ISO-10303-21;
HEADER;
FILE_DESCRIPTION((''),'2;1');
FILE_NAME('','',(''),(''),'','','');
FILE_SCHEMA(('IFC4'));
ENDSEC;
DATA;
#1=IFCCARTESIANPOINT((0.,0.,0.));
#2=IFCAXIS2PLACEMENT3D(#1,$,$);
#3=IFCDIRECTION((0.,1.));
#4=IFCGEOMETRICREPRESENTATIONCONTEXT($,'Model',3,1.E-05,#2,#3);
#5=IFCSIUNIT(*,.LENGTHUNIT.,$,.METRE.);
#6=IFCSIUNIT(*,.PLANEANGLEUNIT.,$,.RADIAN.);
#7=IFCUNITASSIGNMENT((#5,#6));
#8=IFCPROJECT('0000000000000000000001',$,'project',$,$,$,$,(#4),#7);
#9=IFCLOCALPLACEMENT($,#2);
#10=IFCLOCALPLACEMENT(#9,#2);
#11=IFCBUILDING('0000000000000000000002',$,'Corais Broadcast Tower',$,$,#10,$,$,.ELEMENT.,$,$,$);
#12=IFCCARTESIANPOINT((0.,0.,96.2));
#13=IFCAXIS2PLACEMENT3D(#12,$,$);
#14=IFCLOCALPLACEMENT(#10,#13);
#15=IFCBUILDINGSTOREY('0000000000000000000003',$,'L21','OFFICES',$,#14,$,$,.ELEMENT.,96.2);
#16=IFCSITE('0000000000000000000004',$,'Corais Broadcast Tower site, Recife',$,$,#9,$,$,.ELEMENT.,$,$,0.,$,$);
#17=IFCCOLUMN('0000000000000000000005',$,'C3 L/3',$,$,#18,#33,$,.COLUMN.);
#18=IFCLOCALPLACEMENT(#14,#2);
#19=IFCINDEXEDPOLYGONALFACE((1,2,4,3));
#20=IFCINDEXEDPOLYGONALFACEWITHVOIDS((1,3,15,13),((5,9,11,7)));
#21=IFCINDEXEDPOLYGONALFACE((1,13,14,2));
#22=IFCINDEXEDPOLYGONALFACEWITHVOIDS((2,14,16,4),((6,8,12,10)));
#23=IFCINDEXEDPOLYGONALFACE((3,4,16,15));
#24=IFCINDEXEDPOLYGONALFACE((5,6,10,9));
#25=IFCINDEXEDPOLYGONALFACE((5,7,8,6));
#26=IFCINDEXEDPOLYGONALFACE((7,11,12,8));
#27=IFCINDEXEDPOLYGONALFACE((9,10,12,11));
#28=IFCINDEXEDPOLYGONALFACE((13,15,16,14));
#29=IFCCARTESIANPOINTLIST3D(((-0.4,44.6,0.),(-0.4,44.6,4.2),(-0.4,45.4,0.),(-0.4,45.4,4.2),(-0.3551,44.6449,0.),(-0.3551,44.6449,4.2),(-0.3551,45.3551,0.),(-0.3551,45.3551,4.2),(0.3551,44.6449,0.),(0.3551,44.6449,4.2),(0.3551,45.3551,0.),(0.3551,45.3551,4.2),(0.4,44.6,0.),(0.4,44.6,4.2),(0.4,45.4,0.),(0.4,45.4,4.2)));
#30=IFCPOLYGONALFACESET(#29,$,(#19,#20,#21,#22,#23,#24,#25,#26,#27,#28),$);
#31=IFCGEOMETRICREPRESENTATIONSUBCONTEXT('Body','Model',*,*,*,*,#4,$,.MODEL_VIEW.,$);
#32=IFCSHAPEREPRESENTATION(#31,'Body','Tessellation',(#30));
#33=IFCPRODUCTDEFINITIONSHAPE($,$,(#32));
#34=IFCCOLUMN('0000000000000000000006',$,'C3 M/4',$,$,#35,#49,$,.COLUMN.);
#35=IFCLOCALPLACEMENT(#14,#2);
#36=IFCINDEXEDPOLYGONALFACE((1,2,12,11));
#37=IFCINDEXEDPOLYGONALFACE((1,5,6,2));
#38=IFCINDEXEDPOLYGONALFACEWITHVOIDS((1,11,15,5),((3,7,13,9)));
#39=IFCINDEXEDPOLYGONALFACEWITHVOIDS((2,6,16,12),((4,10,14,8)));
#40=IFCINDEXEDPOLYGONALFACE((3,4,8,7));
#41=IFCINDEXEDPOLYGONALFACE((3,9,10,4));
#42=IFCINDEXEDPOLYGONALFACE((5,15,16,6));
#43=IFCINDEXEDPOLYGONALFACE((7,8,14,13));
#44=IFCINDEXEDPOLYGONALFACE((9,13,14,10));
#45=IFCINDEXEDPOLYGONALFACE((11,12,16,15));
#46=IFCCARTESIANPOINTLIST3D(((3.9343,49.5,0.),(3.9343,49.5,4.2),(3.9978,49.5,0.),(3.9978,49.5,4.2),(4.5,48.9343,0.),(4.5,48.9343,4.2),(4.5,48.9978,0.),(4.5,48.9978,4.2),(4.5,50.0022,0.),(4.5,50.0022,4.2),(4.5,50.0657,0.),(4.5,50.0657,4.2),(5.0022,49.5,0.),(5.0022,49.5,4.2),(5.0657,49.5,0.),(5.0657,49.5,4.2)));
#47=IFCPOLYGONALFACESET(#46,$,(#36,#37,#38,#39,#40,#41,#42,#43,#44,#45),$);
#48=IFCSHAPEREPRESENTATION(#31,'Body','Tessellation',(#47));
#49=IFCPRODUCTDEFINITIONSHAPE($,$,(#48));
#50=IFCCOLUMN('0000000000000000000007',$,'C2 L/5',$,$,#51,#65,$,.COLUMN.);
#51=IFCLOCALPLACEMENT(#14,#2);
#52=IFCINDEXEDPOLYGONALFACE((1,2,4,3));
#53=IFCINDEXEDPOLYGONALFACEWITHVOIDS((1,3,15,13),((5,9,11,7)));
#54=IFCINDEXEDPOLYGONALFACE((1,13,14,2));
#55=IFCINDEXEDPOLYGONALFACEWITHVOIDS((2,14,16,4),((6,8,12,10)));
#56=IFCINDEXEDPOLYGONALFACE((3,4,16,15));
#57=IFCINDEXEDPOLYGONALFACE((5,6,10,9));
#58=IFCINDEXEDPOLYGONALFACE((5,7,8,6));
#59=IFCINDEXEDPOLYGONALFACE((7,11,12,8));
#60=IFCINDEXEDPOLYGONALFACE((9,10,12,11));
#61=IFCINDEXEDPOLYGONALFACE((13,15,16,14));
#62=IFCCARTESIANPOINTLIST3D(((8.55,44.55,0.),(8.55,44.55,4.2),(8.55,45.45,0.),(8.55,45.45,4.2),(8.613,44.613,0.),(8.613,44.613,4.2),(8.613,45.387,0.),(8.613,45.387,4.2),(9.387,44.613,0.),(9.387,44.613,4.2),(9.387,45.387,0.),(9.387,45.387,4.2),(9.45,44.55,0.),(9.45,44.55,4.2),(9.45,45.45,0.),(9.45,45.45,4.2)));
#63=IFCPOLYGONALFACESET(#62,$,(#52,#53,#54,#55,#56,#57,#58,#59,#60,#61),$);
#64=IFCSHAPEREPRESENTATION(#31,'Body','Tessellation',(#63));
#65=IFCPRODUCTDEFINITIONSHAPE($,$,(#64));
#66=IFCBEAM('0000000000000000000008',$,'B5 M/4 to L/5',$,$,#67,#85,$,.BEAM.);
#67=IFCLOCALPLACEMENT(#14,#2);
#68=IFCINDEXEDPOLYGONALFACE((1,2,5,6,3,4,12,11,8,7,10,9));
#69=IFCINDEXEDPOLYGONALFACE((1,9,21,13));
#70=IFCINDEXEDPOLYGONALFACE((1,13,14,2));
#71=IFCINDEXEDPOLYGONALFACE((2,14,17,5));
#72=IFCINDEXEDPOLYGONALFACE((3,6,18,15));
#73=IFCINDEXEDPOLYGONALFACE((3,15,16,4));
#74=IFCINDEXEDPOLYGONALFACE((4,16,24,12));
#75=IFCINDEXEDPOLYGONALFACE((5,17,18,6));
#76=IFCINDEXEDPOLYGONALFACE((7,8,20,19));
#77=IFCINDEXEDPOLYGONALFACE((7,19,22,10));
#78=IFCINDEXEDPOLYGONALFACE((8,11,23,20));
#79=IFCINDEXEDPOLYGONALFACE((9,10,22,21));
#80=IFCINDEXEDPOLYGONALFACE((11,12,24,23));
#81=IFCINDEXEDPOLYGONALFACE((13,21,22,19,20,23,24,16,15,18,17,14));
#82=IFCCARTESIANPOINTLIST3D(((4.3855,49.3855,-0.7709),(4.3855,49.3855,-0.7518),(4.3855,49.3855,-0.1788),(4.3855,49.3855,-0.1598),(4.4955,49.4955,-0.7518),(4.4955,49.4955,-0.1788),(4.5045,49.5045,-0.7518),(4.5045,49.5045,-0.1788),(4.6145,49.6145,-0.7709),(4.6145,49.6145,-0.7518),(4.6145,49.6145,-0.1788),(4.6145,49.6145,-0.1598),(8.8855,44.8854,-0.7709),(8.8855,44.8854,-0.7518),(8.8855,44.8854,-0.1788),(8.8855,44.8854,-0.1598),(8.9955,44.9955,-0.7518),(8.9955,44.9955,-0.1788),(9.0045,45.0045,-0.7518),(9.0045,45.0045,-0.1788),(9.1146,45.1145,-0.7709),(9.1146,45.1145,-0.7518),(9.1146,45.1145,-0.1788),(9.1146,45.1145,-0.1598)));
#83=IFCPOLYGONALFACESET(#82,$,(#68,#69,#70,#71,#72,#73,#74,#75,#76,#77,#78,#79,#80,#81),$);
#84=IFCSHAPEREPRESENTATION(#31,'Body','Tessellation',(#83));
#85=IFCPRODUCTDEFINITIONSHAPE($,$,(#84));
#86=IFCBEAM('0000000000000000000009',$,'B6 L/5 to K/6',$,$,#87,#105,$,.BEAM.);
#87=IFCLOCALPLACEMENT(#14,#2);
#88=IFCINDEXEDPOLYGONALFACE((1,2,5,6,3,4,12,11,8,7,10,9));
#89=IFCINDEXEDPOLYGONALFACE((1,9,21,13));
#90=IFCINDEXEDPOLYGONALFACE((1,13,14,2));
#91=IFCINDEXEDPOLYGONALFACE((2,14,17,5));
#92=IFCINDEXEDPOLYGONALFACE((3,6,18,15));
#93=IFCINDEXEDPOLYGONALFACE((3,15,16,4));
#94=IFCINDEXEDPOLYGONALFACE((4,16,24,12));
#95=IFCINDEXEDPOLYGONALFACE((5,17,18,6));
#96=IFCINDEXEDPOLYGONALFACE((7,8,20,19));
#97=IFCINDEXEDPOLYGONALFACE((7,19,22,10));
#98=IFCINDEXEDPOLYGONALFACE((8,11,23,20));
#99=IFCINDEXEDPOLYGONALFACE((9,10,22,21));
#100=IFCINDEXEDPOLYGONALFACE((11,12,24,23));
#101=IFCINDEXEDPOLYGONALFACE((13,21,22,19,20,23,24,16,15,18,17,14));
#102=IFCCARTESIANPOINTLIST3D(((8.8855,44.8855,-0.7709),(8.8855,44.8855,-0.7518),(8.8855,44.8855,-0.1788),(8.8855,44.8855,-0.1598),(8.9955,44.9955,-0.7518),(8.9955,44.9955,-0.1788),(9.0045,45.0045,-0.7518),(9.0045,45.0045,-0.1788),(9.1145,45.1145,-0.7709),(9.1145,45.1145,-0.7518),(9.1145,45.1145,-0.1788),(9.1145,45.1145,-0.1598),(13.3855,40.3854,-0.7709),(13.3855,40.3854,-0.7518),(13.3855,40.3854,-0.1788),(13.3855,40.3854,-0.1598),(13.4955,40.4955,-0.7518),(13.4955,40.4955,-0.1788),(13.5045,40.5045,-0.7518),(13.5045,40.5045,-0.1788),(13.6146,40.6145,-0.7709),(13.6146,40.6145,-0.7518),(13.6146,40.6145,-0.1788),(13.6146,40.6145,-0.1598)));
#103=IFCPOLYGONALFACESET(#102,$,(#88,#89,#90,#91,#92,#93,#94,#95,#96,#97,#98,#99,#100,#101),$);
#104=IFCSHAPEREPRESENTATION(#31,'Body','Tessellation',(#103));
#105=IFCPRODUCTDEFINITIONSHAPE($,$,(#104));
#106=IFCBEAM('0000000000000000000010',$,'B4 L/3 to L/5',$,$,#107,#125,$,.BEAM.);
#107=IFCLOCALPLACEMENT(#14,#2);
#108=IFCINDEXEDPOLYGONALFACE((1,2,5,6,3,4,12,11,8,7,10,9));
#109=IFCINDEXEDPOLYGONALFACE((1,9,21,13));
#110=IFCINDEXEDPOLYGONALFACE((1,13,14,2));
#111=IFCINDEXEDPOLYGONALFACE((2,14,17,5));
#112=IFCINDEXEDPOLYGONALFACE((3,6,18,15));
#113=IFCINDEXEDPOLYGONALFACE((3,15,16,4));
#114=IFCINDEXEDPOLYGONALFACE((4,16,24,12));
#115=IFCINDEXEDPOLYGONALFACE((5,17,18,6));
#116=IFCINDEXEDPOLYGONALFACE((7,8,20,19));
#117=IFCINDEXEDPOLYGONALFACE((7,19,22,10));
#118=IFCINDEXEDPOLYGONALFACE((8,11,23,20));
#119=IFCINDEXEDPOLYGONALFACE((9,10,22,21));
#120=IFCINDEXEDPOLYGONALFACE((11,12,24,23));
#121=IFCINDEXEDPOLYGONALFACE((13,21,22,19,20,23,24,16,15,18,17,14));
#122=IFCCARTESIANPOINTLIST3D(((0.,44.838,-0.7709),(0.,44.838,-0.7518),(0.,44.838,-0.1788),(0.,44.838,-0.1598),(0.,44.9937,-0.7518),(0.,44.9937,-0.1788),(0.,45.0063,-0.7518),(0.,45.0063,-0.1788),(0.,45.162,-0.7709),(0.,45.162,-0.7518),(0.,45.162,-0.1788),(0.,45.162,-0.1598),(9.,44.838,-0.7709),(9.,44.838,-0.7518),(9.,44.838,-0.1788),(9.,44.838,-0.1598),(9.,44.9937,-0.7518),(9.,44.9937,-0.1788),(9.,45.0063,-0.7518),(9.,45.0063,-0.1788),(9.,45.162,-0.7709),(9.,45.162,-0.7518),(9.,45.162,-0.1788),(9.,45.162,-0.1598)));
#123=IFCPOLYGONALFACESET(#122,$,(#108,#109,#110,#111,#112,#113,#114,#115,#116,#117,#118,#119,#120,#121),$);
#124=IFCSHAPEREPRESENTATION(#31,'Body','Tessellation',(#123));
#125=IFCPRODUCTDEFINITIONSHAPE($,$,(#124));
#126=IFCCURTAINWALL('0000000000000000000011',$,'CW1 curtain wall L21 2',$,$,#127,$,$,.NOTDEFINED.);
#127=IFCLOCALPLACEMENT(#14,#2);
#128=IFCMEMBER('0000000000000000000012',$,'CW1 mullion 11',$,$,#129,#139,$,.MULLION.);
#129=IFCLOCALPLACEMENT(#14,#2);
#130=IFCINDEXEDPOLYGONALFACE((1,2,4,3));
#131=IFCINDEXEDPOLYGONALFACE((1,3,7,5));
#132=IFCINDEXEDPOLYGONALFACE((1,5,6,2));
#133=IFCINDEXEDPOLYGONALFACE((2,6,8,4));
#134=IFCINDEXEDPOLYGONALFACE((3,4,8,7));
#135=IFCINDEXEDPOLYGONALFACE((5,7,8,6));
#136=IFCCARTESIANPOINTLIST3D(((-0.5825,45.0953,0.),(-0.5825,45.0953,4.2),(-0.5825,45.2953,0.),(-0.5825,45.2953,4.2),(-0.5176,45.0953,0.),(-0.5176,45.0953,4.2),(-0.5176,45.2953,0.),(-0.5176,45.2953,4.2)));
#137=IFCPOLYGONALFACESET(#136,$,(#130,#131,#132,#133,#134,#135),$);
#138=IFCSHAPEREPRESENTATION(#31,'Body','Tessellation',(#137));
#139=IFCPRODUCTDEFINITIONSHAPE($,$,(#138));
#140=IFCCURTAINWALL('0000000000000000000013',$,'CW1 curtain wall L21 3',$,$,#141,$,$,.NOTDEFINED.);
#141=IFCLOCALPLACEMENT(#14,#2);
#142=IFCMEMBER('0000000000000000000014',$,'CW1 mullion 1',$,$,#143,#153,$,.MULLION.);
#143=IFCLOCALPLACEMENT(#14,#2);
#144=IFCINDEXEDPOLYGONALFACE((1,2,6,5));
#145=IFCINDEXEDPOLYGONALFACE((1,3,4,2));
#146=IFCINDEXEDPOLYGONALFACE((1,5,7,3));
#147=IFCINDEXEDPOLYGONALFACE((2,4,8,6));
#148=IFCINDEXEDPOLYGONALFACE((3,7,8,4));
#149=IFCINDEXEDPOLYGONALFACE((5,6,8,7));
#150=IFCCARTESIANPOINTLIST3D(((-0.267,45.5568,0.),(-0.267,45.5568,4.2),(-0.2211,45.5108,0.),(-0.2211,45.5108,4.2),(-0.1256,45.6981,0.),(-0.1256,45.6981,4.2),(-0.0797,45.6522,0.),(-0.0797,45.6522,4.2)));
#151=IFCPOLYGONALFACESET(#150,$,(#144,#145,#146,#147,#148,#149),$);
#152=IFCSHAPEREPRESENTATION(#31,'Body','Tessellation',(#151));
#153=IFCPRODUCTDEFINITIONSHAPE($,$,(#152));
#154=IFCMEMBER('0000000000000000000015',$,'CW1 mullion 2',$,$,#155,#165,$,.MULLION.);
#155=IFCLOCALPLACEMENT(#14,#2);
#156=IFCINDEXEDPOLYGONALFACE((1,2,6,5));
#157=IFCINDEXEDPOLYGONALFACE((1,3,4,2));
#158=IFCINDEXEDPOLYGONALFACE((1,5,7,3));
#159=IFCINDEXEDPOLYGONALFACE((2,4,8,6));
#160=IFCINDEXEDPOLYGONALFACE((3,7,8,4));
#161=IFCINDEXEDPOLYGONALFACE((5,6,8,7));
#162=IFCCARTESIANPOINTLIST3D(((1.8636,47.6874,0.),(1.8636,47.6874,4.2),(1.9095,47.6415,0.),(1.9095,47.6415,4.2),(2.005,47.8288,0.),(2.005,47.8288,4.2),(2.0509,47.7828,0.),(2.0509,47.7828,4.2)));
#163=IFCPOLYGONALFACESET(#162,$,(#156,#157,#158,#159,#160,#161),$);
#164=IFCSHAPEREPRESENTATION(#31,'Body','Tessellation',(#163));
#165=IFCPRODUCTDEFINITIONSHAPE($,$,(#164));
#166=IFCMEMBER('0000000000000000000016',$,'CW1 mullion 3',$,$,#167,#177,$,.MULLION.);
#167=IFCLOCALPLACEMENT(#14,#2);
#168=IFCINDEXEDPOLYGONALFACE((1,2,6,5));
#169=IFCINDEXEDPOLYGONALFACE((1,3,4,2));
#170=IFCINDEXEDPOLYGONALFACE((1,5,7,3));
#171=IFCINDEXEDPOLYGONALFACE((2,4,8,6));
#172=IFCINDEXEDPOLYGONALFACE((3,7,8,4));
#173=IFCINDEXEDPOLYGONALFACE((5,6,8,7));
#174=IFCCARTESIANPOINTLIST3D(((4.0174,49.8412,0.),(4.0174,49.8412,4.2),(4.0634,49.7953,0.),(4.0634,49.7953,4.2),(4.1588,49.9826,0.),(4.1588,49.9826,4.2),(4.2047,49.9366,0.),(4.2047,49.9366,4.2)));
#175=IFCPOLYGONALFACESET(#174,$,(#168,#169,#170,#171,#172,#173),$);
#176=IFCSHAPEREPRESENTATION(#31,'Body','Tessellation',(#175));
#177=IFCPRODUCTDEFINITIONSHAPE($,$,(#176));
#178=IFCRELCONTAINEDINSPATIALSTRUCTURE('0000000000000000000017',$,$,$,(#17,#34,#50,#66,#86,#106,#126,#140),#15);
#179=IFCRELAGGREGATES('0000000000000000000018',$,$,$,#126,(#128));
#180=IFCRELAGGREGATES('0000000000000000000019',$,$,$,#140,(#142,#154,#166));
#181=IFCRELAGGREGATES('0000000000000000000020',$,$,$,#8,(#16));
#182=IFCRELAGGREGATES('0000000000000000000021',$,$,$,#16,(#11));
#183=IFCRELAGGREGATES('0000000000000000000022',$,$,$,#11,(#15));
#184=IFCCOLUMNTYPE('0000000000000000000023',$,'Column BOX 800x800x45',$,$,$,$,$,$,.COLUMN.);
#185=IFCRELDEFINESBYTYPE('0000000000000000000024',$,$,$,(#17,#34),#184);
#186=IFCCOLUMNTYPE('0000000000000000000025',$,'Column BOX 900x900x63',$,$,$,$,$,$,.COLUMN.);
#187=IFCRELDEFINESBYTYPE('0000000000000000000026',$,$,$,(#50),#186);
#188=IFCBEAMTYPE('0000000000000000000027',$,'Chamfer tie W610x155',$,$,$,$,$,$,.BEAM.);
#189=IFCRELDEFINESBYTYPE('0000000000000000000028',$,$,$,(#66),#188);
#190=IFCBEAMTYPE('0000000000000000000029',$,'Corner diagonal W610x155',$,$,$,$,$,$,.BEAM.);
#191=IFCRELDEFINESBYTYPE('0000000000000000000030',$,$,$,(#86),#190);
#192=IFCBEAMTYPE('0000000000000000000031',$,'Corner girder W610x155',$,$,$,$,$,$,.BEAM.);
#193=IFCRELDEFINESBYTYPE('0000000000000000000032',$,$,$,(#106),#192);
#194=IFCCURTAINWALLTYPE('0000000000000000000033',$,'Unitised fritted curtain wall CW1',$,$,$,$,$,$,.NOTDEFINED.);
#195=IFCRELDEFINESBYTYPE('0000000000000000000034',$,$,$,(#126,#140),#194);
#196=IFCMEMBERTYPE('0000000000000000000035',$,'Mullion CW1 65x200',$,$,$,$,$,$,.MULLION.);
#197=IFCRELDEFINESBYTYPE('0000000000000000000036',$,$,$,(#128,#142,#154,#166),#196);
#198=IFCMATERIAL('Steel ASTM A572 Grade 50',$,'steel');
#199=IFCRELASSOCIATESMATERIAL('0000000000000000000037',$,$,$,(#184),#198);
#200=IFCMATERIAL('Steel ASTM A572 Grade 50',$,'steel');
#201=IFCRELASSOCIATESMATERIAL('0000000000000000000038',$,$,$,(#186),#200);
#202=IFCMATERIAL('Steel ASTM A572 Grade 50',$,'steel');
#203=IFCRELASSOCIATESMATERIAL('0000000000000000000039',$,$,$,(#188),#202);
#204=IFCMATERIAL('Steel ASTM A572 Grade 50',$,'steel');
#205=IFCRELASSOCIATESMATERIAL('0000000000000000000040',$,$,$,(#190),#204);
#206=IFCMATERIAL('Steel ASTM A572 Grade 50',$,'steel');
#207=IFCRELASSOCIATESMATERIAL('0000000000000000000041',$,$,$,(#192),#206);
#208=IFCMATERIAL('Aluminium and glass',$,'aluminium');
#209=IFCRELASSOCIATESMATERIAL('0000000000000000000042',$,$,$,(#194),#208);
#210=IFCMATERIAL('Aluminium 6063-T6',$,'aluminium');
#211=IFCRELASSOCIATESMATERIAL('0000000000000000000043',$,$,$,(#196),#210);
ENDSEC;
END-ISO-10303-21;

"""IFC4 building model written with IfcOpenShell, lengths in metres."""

from ifc_helpers import new_model, si_unit, direction, frame, origin, origin_2d, place, context, subcontext, project, spatial, rectangle, hollow_rectangle, i_section, extrude, material, material_profile, profile_set, type_object, element, aggregate, save


model = new_model("IFC4")

# Units and contexts
model_context = context("Model", 3, precision=1e-05, world=origin(), true_north=direction((0.0, 1.0)))
body_context = subcontext(model_context, "Body", "Model", "MODEL_VIEW")
ifc_project = project(units=[si_unit("LENGTHUNIT", "METRE"), si_unit("PLANEANGLEUNIT", "RADIAN")], contexts=[model_context])

# Site, building, storey
site_placement = place(None, origin())
site = spatial("IfcSite", under=ifc_project, at=site_placement, Name="Corais Broadcast Tower site, Recife", CompositionType="ELEMENT", RefElevation=0.0)
building_placement = place(site_placement, origin())
building = spatial("IfcBuilding", under=site, at=building_placement, Name="Corais Broadcast Tower", CompositionType="ELEMENT")
storey_placement = place(building_placement, frame((0.0, 0.0, 96.2)))
storey = spatial("IfcBuildingStorey", under=building, at=storey_placement, Name="L21", Description="OFFICES", CompositionType="ELEMENT", Elevation=96.2)

# Columns
ifc_material_1 = material(Name="Steel ASTM A572 Grade 50", Category="steel")
ifc_material_profile_1 = material_profile(ifc_material_1, hollow_rectangle(XDim=0.8, YDim=0.8, WallThickness=0.0449, at=origin_2d()), Name="BOX 800x800x45")
ifc_profile_set_1 = profile_set([ifc_material_profile_1], Name="Steel ASTM A572 Grade 50")
column_type_1 = type_object("IfcColumnType", Name="Column BOX 800x800x45", PredefinedType="COLUMN", material=ifc_profile_set_1)
for number, where, z_axis, x_axis, name in (
    (1, (0.0, 45.0, 0.0), (0.0, 0.0, 1.0), (1.0, 0.0, 0.0), "C3 L/3"),
    (2, (4.5, 49.5, 0.0), (0.0, 0.0, 1.0), (0.707107, 0.707107, 0.0), "C3 M/4"),
):
    element("IfcColumn", number, at=place(storey_placement, frame(where, z_axis=z_axis, x_axis=x_axis)), inside=storey, type_object=column_type_1, Name=name, PredefinedType="COLUMN", context=body_context, shape_type="SweptSolid", body=[
        extrude(hollow_rectangle(XDim=0.8, YDim=0.8, WallThickness=0.0449, at=origin_2d()), origin(), (0.0, 0.0, 1.0), 4.2),
    ])
ifc_material_2 = material(Name="Steel ASTM A572 Grade 50", Category="steel")
ifc_material_profile_2 = material_profile(ifc_material_2, hollow_rectangle(XDim=0.8999, YDim=0.8999, WallThickness=0.063, at=origin_2d()), Name="BOX 900x900x63")
ifc_profile_set_2 = profile_set([ifc_material_profile_2], Name="Steel ASTM A572 Grade 50")
column_type_2 = type_object("IfcColumnType", Name="Column BOX 900x900x63", PredefinedType="COLUMN", material=ifc_profile_set_2)
column_placement = place(storey_placement, frame((9.0, 45.0, 0.0), z_axis=(0.0, 0.0, 1.0), x_axis=(1.0, 0.0, 0.0)))
element("IfcColumn", 3, at=column_placement, inside=storey, type_object=column_type_2, Name="C2 L/5", PredefinedType="COLUMN", context=body_context, shape_type="SweptSolid", body=[
    extrude(hollow_rectangle(XDim=0.8999, YDim=0.8999, WallThickness=0.063, at=origin_2d()), origin(), (0.0, 0.0, 1.0), 4.2),
])

# Beams
ifc_material_3 = material(Name="Steel ASTM A572 Grade 50", Category="steel")
ifc_material_profile_3 = material_profile(ifc_material_3, i_section(OverallWidth=0.324, OverallDepth=0.6111, WebThickness=0.0127, FlangeThickness=0.019, at=origin_2d()), Name="W610x155")
ifc_profile_set_3 = profile_set([ifc_material_profile_3], Name="Steel ASTM A572 Grade 50")
beam_type_1 = type_object("IfcBeamType", Name="Chamfer tie W610x155", PredefinedType="BEAM", material=ifc_profile_set_3)
beam_1_placement = place(storey_placement, frame((4.5, 49.5, -0.4653), z_axis=(0.707107, -0.707107, 0.0), x_axis=(0.707107, 0.707107, 0.0)))
element("IfcBeam", 4, at=beam_1_placement, inside=storey, type_object=beam_type_1, Name="B5 M/4 to L/5", PredefinedType="BEAM", context=body_context, shape_type="SweptSolid", body=[
    extrude(i_section(OverallWidth=0.324, OverallDepth=0.6111, WebThickness=0.0127, FlangeThickness=0.019, at=origin_2d()), origin(), (0.0, 0.0, 1.0), 6.364),
])
ifc_material_4 = material(Name="Steel ASTM A572 Grade 50", Category="steel")
ifc_material_profile_4 = material_profile(ifc_material_4, i_section(OverallWidth=0.324, OverallDepth=0.6111, WebThickness=0.0127, FlangeThickness=0.019, at=origin_2d()), Name="W610x155")
ifc_profile_set_4 = profile_set([ifc_material_profile_4], Name="Steel ASTM A572 Grade 50")
beam_type_2 = type_object("IfcBeamType", Name="Corner diagonal W610x155", PredefinedType="BEAM", material=ifc_profile_set_4)
beam_2_placement = place(storey_placement, frame((9.0, 45.0, -0.4653), z_axis=(0.707107, -0.707107, 0.0), x_axis=(0.707107, 0.707107, 0.0)))
element("IfcBeam", 5, at=beam_2_placement, inside=storey, type_object=beam_type_2, Name="B6 L/5 to K/6", PredefinedType="BEAM", context=body_context, shape_type="SweptSolid", body=[
    extrude(i_section(OverallWidth=0.324, OverallDepth=0.6111, WebThickness=0.0127, FlangeThickness=0.019, at=origin_2d()), origin(), (0.0, 0.0, 1.0), 6.364),
])
ifc_material_5 = material(Name="Steel ASTM A572 Grade 50", Category="steel")
ifc_material_profile_5 = material_profile(ifc_material_5, i_section(OverallWidth=0.324, OverallDepth=0.6111, WebThickness=0.0127, FlangeThickness=0.019, at=origin_2d()), Name="W610x155")
ifc_profile_set_5 = profile_set([ifc_material_profile_5], Name="Steel ASTM A572 Grade 50")
beam_type_3 = type_object("IfcBeamType", Name="Corner girder W610x155", PredefinedType="BEAM", material=ifc_profile_set_5)
beam_3_placement = place(storey_placement, frame((0.0, 45.0, -0.4653), z_axis=(1.0, 0.0, 0.0), x_axis=(0.0, 1.0, 0.0)))
element("IfcBeam", 6, at=beam_3_placement, inside=storey, type_object=beam_type_3, Name="B4 L/3 to L/5", PredefinedType="BEAM", context=body_context, shape_type="SweptSolid", body=[
    extrude(i_section(OverallWidth=0.324, OverallDepth=0.6111, WebThickness=0.0127, FlangeThickness=0.019, at=origin_2d()), origin(), (0.0, 0.0, 1.0), 9.0),
])

# Curtain wall, member
ifc_material_6 = material(Name="Aluminium and glass", Category="aluminium")
curtain_wall_type = type_object("IfcCurtainWallType", Name="Unitised fritted curtain wall CW1", PredefinedType="NOTDEFINED", material=ifc_material_6)
curtain_wall_1_placement = place(storey_placement, origin())
curtain_wall_1 = element("IfcCurtainWall", 7, at=curtain_wall_1_placement, inside=storey, type_object=curtain_wall_type, Name="CW1 curtain wall L21 2", PredefinedType="NOTDEFINED")
ifc_material_7 = material(Name="Aluminium 6063-T6", Category="aluminium")
ifc_material_profile_6 = material_profile(ifc_material_7, rectangle(XDim=0.0649, YDim=0.2, at=origin_2d()), Name="Mullion CW1 65x200")
ifc_profile_set_6 = profile_set([ifc_material_profile_6], Name="Aluminium 6063-T6")
member_type_1 = type_object("IfcMemberType", Name="Mullion CW1 65x200", PredefinedType="MULLION", material=ifc_profile_set_6)
member_1_placement = place(storey_placement, frame((-0.55, 45.1953, 0.0), z_axis=(0.0, 0.0, 1.0), x_axis=(-1.0, 0.0, 0.0)))
member_1 = element("IfcMember", 8, at=member_1_placement, type_object=member_type_1, Name="CW1 mullion 11", PredefinedType="MULLION", context=body_context, shape_type="SweptSolid", body=[
    extrude(rectangle(XDim=0.0649, YDim=0.2, at=origin_2d()), origin(), (0.0, 0.0, 1.0), 4.2),
])
aggregate(curtain_wall_1, [member_1])

# Curtain wall, members
curtain_wall_2_placement = place(storey_placement, origin())
curtain_wall_2 = element("IfcCurtainWall", 9, at=curtain_wall_2_placement, inside=storey, type_object=curtain_wall_type, Name="CW1 curtain wall L21 3", PredefinedType="NOTDEFINED")
member_2_placement = place(storey_placement, frame((-0.1733, 45.6045, 0.0), z_axis=(0.0, 0.0, 1.0), x_axis=(-0.707107, 0.707107, 0.0)))
member_2 = element("IfcMember", 10, at=member_2_placement, type_object=member_type_1, Name="CW1 mullion 1", PredefinedType="MULLION", context=body_context, shape_type="SweptSolid", body=[
    extrude(rectangle(XDim=0.0649, YDim=0.2, at=origin_2d()), origin(), (0.0, 0.0, 1.0), 4.2),
])
member_3_placement = place(storey_placement, frame((1.9573, 47.7351, 0.0), z_axis=(0.0, 0.0, 1.0), x_axis=(-0.707107, 0.707107, 0.0)))
member_3 = element("IfcMember", 11, at=member_3_placement, type_object=member_type_1, Name="CW1 mullion 2", PredefinedType="MULLION", context=body_context, shape_type="SweptSolid", body=[
    extrude(rectangle(XDim=0.0649, YDim=0.2, at=origin_2d()), origin(), (0.0, 0.0, 1.0), 4.2),
])
member_4_placement = place(storey_placement, frame((4.1111, 49.8889, 0.0), z_axis=(0.0, 0.0, 1.0), x_axis=(-0.707107, 0.707107, 0.0)))
member_4 = element("IfcMember", 12, at=member_4_placement, type_object=member_type_1, Name="CW1 mullion 3", PredefinedType="MULLION", context=body_context, shape_type="SweptSolid", body=[
    extrude(rectangle(XDim=0.0649, YDim=0.2, at=origin_2d()), origin(), (0.0, 0.0, 1.0), 4.2),
])

aggregate(curtain_wall_2, [member_2, member_3, member_4])

save(model, "model.ifc")
